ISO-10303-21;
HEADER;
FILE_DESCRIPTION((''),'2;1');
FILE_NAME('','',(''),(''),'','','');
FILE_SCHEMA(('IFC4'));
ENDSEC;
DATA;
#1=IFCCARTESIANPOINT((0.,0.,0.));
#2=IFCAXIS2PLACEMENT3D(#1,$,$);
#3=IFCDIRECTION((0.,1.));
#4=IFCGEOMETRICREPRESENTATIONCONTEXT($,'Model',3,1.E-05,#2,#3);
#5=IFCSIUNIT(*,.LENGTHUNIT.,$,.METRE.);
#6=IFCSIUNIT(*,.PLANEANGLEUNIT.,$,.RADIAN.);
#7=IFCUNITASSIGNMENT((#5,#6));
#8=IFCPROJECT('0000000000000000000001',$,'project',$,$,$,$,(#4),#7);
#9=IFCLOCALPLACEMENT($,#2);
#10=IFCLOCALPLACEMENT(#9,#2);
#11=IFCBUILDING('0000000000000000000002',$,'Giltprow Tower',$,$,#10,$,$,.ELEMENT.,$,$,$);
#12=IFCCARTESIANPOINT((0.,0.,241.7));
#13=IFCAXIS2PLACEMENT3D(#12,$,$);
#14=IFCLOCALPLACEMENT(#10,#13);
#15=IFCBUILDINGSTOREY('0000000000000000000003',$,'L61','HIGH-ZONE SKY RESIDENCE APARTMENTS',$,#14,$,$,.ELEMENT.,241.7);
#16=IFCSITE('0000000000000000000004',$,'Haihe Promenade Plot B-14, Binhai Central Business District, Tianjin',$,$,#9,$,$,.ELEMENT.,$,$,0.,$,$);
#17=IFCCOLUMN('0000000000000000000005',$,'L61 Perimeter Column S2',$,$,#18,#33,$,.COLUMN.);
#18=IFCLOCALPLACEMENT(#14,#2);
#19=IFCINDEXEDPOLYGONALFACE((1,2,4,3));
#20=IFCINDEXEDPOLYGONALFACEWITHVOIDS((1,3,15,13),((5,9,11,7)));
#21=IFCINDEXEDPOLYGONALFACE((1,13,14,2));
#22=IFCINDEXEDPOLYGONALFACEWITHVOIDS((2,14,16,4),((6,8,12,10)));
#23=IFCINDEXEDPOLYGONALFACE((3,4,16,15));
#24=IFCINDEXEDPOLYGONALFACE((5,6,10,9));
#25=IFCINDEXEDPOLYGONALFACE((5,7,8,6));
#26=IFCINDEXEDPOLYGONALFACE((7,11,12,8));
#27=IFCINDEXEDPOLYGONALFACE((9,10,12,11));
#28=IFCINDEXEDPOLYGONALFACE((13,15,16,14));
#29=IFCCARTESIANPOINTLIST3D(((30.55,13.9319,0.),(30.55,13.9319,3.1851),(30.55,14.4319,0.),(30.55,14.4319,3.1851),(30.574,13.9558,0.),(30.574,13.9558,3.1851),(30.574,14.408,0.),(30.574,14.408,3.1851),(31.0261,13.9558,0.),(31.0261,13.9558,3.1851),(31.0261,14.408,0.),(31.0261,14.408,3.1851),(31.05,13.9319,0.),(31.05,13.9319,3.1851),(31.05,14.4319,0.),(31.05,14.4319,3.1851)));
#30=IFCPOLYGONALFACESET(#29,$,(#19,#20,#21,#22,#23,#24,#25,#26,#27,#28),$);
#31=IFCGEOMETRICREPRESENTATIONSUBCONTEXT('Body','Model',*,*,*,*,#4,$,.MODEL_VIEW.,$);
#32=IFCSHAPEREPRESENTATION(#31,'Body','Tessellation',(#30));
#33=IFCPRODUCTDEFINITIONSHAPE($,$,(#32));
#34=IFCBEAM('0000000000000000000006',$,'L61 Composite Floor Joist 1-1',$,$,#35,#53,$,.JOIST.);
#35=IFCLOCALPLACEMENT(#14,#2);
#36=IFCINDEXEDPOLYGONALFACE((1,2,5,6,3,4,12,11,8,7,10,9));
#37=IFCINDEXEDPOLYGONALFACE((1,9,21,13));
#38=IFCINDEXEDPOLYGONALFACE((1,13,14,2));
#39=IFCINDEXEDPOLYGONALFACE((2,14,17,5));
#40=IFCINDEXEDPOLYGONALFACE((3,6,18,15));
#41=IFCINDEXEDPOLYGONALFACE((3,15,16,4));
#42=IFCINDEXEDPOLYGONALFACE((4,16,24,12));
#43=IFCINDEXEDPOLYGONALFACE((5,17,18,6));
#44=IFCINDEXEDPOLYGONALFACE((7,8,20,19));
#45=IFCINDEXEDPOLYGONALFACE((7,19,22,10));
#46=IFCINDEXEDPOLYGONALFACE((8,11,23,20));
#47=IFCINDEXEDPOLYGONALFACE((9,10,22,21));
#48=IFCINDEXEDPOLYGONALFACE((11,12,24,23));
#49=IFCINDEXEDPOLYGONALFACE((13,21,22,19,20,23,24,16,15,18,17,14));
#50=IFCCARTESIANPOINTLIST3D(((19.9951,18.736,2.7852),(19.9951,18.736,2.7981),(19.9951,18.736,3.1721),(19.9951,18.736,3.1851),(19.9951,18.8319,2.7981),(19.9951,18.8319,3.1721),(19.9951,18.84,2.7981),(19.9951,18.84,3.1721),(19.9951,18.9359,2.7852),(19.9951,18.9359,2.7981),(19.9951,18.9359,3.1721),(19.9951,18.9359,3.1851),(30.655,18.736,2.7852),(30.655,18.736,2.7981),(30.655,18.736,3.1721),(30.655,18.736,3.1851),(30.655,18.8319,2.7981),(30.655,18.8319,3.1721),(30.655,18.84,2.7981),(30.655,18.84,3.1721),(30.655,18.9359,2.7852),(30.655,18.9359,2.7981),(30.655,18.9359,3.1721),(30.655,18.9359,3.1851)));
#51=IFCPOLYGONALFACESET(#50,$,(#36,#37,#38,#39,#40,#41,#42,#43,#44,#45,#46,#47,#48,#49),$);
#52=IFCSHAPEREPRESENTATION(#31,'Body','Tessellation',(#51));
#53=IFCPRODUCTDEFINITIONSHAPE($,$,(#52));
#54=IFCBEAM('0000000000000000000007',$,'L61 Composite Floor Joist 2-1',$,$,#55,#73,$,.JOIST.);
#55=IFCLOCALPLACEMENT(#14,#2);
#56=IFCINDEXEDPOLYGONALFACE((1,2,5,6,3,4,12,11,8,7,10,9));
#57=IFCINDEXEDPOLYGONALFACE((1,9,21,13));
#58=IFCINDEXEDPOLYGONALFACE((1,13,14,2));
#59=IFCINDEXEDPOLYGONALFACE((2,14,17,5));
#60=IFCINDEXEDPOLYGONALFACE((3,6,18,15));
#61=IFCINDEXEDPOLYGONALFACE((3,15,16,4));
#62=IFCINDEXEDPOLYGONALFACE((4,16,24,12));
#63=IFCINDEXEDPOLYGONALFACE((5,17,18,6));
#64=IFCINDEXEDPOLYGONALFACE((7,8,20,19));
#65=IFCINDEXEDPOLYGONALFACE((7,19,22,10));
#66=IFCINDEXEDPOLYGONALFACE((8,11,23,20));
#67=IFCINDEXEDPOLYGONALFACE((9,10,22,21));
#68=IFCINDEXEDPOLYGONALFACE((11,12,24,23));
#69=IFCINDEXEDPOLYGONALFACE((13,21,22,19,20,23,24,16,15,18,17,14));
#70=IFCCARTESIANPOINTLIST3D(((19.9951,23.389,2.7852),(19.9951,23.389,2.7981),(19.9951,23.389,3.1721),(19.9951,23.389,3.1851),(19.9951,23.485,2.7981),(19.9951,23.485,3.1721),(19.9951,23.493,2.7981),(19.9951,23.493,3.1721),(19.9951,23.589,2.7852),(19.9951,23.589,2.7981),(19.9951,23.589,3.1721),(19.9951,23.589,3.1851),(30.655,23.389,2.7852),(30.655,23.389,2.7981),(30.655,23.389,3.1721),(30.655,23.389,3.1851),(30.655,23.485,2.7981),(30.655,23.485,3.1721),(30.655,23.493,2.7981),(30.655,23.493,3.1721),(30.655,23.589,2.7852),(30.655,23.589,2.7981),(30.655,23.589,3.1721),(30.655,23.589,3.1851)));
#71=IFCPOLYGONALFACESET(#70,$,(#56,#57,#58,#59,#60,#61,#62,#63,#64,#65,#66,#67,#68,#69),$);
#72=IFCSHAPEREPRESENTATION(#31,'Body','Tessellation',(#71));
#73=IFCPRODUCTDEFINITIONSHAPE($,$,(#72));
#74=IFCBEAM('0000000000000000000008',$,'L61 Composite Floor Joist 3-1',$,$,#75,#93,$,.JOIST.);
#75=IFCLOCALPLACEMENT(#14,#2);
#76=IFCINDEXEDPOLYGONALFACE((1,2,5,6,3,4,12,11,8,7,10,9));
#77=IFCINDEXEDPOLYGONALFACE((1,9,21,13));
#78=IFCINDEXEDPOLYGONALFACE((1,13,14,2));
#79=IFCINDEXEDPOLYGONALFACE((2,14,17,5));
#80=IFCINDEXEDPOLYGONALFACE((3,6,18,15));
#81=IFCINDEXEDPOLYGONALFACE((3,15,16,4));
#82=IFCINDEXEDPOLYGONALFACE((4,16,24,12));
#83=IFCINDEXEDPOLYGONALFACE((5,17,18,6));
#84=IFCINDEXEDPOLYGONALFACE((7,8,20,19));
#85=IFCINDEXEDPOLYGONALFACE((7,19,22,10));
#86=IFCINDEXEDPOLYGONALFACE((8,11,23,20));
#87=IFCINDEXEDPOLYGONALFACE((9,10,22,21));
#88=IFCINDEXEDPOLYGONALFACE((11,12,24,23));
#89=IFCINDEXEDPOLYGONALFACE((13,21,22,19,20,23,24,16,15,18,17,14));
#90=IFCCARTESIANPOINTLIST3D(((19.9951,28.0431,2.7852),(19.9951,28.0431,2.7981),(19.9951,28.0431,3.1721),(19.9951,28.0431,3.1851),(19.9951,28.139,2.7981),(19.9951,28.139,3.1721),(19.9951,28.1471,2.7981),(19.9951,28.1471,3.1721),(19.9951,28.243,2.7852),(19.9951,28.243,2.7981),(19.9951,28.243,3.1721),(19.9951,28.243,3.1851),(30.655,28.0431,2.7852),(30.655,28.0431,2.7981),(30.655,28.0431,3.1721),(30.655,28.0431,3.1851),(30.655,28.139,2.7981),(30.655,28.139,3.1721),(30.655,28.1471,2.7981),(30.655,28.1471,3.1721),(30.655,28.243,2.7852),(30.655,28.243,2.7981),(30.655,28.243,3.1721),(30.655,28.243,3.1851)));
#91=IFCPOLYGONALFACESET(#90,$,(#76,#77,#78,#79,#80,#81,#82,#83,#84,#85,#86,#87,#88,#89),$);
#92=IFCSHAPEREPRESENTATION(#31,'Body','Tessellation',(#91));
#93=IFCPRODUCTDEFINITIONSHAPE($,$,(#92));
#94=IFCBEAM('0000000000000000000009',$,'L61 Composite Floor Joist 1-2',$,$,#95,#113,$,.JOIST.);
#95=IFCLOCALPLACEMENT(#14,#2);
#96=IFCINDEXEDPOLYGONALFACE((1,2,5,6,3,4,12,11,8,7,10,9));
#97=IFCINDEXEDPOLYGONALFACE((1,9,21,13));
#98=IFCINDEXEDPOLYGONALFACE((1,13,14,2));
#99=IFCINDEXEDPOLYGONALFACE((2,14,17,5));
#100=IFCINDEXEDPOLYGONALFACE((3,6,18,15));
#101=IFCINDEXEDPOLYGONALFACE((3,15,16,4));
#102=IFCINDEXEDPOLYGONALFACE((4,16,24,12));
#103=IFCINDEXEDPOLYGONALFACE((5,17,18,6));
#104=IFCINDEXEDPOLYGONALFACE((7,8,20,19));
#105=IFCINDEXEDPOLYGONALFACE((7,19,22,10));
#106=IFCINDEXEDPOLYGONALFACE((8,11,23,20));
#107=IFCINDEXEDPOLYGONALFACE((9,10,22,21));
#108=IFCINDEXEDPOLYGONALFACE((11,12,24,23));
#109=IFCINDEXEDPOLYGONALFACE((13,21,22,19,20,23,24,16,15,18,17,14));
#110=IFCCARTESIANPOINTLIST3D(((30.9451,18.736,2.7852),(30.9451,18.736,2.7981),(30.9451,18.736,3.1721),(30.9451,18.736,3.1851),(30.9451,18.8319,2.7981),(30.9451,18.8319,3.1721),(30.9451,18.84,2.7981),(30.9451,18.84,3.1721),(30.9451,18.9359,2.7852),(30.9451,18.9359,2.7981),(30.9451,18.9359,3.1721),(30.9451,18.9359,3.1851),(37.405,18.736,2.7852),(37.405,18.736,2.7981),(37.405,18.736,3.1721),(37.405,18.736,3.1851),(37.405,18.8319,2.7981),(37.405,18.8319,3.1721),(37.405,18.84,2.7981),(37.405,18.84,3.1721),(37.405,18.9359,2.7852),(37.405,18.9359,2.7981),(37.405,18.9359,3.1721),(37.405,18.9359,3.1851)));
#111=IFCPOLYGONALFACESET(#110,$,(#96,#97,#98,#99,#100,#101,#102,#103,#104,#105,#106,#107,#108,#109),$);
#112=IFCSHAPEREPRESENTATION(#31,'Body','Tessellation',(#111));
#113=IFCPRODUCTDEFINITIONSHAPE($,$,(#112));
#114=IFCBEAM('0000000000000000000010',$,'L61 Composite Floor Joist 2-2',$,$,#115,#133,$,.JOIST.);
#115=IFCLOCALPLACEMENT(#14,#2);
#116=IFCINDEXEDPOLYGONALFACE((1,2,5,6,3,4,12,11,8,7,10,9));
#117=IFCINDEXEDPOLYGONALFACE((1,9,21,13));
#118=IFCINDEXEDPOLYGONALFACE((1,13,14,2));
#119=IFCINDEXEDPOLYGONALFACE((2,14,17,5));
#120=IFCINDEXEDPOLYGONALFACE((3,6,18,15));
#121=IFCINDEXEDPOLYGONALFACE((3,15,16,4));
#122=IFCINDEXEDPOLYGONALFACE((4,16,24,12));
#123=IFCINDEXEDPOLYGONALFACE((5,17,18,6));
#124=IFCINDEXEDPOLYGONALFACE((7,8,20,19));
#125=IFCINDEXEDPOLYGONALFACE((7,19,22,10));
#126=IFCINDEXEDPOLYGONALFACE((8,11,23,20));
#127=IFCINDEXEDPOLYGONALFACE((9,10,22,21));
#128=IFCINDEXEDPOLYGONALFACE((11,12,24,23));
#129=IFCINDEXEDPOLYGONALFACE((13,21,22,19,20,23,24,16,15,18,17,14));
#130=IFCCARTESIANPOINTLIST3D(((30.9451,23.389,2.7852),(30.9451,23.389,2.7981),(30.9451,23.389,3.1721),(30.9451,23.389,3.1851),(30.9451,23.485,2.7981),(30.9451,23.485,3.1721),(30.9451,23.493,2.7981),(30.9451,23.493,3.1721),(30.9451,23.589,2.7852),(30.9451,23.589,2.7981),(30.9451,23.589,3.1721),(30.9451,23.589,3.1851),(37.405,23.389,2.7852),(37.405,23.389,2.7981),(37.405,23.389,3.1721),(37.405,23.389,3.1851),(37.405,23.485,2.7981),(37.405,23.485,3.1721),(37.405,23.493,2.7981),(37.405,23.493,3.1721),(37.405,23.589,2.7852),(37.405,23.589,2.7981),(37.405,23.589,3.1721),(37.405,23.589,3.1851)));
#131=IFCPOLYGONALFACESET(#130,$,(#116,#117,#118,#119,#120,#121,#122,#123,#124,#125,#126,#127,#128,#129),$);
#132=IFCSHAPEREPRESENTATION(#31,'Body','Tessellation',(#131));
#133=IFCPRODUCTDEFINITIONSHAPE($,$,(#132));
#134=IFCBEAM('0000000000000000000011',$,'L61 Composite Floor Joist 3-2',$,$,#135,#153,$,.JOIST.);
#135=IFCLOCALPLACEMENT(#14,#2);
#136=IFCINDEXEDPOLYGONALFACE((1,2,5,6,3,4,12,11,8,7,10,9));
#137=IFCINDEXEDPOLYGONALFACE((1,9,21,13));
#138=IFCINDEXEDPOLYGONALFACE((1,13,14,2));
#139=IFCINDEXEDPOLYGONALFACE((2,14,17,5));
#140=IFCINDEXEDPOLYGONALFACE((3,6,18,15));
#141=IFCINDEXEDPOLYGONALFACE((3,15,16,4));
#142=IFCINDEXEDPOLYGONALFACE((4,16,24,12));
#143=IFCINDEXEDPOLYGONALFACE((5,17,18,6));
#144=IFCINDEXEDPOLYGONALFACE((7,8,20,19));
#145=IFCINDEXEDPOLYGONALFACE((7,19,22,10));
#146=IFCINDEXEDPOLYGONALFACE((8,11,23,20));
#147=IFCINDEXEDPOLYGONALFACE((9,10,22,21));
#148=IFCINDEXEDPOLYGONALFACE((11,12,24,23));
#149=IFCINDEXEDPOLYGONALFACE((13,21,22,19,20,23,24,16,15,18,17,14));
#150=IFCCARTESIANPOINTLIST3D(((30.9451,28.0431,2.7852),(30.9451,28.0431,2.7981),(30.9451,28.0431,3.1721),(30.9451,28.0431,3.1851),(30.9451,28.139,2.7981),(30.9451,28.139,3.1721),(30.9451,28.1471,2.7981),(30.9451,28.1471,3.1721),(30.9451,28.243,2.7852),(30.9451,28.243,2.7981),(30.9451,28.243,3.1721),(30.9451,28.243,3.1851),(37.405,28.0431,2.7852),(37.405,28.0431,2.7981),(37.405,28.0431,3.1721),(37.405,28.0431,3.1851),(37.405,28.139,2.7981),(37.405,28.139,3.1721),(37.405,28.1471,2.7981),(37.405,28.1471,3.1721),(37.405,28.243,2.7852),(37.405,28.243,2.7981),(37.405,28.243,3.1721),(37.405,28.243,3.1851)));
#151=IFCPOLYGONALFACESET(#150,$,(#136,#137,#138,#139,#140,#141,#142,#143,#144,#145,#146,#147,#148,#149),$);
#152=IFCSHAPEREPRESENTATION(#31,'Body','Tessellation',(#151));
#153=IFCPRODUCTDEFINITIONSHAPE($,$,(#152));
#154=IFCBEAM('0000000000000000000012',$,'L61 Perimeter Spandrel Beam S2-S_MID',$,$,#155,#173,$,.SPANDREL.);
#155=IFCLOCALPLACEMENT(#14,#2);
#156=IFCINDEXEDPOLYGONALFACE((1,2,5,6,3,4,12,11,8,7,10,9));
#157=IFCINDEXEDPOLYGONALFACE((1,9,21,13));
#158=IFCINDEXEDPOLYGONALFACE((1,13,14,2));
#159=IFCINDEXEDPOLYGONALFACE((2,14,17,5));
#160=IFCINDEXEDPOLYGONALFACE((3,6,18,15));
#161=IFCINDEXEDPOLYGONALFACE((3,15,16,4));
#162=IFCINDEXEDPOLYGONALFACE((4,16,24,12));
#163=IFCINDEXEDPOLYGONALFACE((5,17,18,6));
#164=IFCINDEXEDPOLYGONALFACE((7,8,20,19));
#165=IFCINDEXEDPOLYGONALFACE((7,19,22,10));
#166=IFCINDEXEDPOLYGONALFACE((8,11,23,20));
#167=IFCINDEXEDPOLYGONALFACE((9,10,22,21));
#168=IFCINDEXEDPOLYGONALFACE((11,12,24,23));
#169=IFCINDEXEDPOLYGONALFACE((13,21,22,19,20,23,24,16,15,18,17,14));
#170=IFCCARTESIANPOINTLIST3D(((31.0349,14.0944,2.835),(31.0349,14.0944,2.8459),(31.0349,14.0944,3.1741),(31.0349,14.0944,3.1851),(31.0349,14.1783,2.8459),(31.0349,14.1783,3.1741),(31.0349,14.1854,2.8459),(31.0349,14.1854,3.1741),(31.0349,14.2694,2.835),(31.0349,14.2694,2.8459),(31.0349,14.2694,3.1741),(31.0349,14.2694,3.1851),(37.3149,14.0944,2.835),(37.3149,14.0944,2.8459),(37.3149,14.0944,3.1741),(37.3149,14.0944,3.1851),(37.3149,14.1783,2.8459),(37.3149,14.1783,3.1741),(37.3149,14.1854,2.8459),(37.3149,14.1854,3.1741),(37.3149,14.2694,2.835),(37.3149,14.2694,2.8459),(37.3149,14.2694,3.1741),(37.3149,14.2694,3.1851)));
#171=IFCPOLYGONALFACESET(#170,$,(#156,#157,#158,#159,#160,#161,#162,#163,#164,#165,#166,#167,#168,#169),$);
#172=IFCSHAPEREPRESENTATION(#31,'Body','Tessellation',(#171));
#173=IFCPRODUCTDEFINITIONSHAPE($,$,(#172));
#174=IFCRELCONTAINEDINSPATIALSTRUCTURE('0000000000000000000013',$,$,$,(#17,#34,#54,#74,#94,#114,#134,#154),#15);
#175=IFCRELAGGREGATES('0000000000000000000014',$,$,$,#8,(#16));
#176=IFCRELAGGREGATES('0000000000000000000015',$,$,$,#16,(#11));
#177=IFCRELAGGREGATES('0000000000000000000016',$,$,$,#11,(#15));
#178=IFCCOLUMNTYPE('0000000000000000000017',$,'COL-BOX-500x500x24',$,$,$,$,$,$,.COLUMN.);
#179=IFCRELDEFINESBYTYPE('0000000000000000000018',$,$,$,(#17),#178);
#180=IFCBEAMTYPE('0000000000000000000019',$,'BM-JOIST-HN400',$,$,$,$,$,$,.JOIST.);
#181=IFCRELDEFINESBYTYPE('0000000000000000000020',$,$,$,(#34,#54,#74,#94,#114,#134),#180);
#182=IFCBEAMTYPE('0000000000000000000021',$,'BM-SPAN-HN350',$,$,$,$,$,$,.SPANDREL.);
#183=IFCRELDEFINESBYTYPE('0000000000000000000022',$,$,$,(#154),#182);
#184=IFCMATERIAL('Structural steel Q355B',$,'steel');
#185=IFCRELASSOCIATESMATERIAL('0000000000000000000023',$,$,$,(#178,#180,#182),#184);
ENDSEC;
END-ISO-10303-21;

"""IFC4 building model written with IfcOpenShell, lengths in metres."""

from ifc_helpers import new_model, si_unit, direction, frame, origin, origin_2d, place, context, subcontext, project, spatial, hollow_rectangle, i_section, extrude, source, transform, mapped, material, material_profile, profile_set, type_object, element, save


model = new_model("IFC4")

# Units and contexts
model_context = context("Model", 3, precision=1e-05, world=origin(), true_north=direction((0.0, 1.0)))
body_context = subcontext(model_context, "Body", "Model", "MODEL_VIEW")
ifc_project = project(units=[si_unit("LENGTHUNIT", "METRE"), si_unit("PLANEANGLEUNIT", "RADIAN")], contexts=[model_context])

# Site, building, storey
site_placement = place(None, origin())
site = spatial("IfcSite", under=ifc_project, at=site_placement, Name="Haihe Promenade Plot B-14, Binhai Central Business District, Tianjin", CompositionType="ELEMENT", RefElevation=0.0)
building_placement = place(site_placement, origin())
building = spatial("IfcBuilding", under=site, at=building_placement, Name="Giltprow Tower", CompositionType="ELEMENT")
storey_placement = place(building_placement, frame((0.0, 0.0, 241.7)))
storey = spatial("IfcBuildingStorey", under=building, at=storey_placement, Name="L61", Description="HIGH-ZONE SKY RESIDENCE APARTMENTS", CompositionType="ELEMENT", Elevation=241.7)

# Column
ifc_material_1 = material(Name="Structural steel Q355B", Category="steel")
ifc_material_profile_1 = material_profile(ifc_material_1, hollow_rectangle(XDim=0.5, YDim=0.5, WallThickness=0.0239, at=origin_2d()), Name="BOX 500x500x24")
ifc_profile_set_1 = profile_set([ifc_material_profile_1], Name="Structural steel Q355B")
column_type = type_object("IfcColumnType", Name="COL-BOX-500x500x24", PredefinedType="COLUMN", material=ifc_profile_set_1)
shared_shape_1 = source(origin(), body_context, "Body", "SweptSolid", [
    extrude(hollow_rectangle(XDim=0.5, YDim=0.5, WallThickness=0.0239, at=origin_2d()), origin(), (0.0, 0.0, 1.0), 3.1851),
])
column_placement = place(storey_placement, frame((30.8, 14.1819, 0.0), z_axis=(0.0, 0.0, 1.0), x_axis=(1.0, 0.0, 0.0)))
element("IfcColumn", 1, at=column_placement, inside=storey, type_object=column_type, Name="L61 Perimeter Column S2", PredefinedType="COLUMN", context=body_context, shape_type="MappedRepresentation", body=[
    mapped(shared_shape_1, transform((0.0, 0.0, 0.0), x_axis=(1.0, 0.0, 0.0), y_axis=(0.0, 1.0, 0.0), z_axis=(0.0, 0.0, 1.0), scale=1.0)),
])

# Beams
ifc_material_profile_2 = material_profile(ifc_material_1, i_section(OverallWidth=0.2, OverallDepth=0.3999, WebThickness=0.0081, FlangeThickness=0.0129, at=origin_2d()), Name="HN 400x200x8x13")
ifc_profile_set_2 = profile_set([ifc_material_profile_2], Name="Structural steel Q355B")
beam_type_1 = type_object("IfcBeamType", Name="BM-JOIST-HN400", PredefinedType="JOIST", material=ifc_profile_set_2)
shared_shape_2 = source(origin(), body_context, "Body", "SweptSolid", [
    extrude(i_section(OverallWidth=0.2, OverallDepth=0.3999, WebThickness=0.0081, FlangeThickness=0.0129, at=origin_2d()), origin(), (0.0, 0.0, 1.0), 10.6599),
])
for number, where, z_axis, x_axis, name in (
    (2, (19.9951, 18.8359, 2.9851), (1.0, 0.0, 0.0), (0.0, 1.0, 0.0), "L61 Composite Floor Joist 1-1"),
    (3, (19.9951, 23.489, 2.9851), (1.0, 0.0, 0.0), (0.0, 1.0, 0.0), "L61 Composite Floor Joist 2-1"),
    (4, (19.9951, 28.1431, 2.9851), (1.0, 0.0, 0.0), (0.0, 1.0, 0.0), "L61 Composite Floor Joist 3-1"),
):
    element("IfcBeam", number, at=place(storey_placement, frame(where, z_axis=z_axis, x_axis=x_axis)), inside=storey, type_object=beam_type_1, Name=name, PredefinedType="JOIST", context=body_context, shape_type="MappedRepresentation", body=[
        mapped(shared_shape_2, transform((0.0, 0.0, 0.0), x_axis=(1.0, 0.0, 0.0), y_axis=(0.0, 1.0, 0.0), z_axis=(0.0, 0.0, 1.0), scale=1.0)),
    ])
shared_shape_3 = source(origin(), body_context, "Body", "SweptSolid", [
    extrude(i_section(OverallWidth=0.2, OverallDepth=0.3999, WebThickness=0.0081, FlangeThickness=0.0129, at=origin_2d()), origin(), (0.0, 0.0, 1.0), 6.46),
])
for number, where, z_axis, x_axis, name in (
    (5, (30.9451, 18.8359, 2.9851), (1.0, 0.0, 0.0), (0.0, 1.0, 0.0), "L61 Composite Floor Joist 1-2"),
    (6, (30.9451, 23.489, 2.9851), (1.0, 0.0, 0.0), (0.0, 1.0, 0.0), "L61 Composite Floor Joist 2-2"),
    (7, (30.9451, 28.1431, 2.9851), (1.0, 0.0, 0.0), (0.0, 1.0, 0.0), "L61 Composite Floor Joist 3-2"),
):
    element("IfcBeam", number, at=place(storey_placement, frame(where, z_axis=z_axis, x_axis=x_axis)), inside=storey, type_object=beam_type_1, Name=name, PredefinedType="JOIST", context=body_context, shape_type="MappedRepresentation", body=[
        mapped(shared_shape_3, transform((0.0, 0.0, 0.0), x_axis=(1.0, 0.0, 0.0), y_axis=(0.0, 1.0, 0.0), z_axis=(0.0, 0.0, 1.0), scale=1.0)),
    ])
ifc_material_profile_3 = material_profile(ifc_material_1, i_section(OverallWidth=0.175, OverallDepth=0.3501, WebThickness=0.0071, FlangeThickness=0.011, at=origin_2d()), Name="HN 350x175x7x11")
ifc_profile_set_3 = profile_set([ifc_material_profile_3], Name="Structural steel Q355B")
beam_type_2 = type_object("IfcBeamType", Name="BM-SPAN-HN350", PredefinedType="SPANDREL", material=ifc_profile_set_3)
shared_shape_4 = source(origin(), body_context, "Body", "SweptSolid", [
    extrude(i_section(OverallWidth=0.175, OverallDepth=0.3501, WebThickness=0.0071, FlangeThickness=0.011, at=origin_2d()), origin(), (0.0, 0.0, 1.0), 6.28),
])
beam_placement = place(storey_placement, frame((31.0349, 14.1819, 3.01), z_axis=(1.0, 0.0, 0.0), x_axis=(0.0, 1.0, 0.0)))
element("IfcBeam", 8, at=beam_placement, inside=storey, type_object=beam_type_2, Name="L61 Perimeter Spandrel Beam S2-S_MID", PredefinedType="SPANDREL", context=body_context, shape_type="MappedRepresentation", body=[
    mapped(shared_shape_4, transform((0.0, 0.0, 0.0), x_axis=(1.0, 0.0, 0.0), y_axis=(0.0, 1.0, 0.0), z_axis=(0.0, 0.0, 1.0), scale=1.0)),
])

save(model, "model.ifc")
